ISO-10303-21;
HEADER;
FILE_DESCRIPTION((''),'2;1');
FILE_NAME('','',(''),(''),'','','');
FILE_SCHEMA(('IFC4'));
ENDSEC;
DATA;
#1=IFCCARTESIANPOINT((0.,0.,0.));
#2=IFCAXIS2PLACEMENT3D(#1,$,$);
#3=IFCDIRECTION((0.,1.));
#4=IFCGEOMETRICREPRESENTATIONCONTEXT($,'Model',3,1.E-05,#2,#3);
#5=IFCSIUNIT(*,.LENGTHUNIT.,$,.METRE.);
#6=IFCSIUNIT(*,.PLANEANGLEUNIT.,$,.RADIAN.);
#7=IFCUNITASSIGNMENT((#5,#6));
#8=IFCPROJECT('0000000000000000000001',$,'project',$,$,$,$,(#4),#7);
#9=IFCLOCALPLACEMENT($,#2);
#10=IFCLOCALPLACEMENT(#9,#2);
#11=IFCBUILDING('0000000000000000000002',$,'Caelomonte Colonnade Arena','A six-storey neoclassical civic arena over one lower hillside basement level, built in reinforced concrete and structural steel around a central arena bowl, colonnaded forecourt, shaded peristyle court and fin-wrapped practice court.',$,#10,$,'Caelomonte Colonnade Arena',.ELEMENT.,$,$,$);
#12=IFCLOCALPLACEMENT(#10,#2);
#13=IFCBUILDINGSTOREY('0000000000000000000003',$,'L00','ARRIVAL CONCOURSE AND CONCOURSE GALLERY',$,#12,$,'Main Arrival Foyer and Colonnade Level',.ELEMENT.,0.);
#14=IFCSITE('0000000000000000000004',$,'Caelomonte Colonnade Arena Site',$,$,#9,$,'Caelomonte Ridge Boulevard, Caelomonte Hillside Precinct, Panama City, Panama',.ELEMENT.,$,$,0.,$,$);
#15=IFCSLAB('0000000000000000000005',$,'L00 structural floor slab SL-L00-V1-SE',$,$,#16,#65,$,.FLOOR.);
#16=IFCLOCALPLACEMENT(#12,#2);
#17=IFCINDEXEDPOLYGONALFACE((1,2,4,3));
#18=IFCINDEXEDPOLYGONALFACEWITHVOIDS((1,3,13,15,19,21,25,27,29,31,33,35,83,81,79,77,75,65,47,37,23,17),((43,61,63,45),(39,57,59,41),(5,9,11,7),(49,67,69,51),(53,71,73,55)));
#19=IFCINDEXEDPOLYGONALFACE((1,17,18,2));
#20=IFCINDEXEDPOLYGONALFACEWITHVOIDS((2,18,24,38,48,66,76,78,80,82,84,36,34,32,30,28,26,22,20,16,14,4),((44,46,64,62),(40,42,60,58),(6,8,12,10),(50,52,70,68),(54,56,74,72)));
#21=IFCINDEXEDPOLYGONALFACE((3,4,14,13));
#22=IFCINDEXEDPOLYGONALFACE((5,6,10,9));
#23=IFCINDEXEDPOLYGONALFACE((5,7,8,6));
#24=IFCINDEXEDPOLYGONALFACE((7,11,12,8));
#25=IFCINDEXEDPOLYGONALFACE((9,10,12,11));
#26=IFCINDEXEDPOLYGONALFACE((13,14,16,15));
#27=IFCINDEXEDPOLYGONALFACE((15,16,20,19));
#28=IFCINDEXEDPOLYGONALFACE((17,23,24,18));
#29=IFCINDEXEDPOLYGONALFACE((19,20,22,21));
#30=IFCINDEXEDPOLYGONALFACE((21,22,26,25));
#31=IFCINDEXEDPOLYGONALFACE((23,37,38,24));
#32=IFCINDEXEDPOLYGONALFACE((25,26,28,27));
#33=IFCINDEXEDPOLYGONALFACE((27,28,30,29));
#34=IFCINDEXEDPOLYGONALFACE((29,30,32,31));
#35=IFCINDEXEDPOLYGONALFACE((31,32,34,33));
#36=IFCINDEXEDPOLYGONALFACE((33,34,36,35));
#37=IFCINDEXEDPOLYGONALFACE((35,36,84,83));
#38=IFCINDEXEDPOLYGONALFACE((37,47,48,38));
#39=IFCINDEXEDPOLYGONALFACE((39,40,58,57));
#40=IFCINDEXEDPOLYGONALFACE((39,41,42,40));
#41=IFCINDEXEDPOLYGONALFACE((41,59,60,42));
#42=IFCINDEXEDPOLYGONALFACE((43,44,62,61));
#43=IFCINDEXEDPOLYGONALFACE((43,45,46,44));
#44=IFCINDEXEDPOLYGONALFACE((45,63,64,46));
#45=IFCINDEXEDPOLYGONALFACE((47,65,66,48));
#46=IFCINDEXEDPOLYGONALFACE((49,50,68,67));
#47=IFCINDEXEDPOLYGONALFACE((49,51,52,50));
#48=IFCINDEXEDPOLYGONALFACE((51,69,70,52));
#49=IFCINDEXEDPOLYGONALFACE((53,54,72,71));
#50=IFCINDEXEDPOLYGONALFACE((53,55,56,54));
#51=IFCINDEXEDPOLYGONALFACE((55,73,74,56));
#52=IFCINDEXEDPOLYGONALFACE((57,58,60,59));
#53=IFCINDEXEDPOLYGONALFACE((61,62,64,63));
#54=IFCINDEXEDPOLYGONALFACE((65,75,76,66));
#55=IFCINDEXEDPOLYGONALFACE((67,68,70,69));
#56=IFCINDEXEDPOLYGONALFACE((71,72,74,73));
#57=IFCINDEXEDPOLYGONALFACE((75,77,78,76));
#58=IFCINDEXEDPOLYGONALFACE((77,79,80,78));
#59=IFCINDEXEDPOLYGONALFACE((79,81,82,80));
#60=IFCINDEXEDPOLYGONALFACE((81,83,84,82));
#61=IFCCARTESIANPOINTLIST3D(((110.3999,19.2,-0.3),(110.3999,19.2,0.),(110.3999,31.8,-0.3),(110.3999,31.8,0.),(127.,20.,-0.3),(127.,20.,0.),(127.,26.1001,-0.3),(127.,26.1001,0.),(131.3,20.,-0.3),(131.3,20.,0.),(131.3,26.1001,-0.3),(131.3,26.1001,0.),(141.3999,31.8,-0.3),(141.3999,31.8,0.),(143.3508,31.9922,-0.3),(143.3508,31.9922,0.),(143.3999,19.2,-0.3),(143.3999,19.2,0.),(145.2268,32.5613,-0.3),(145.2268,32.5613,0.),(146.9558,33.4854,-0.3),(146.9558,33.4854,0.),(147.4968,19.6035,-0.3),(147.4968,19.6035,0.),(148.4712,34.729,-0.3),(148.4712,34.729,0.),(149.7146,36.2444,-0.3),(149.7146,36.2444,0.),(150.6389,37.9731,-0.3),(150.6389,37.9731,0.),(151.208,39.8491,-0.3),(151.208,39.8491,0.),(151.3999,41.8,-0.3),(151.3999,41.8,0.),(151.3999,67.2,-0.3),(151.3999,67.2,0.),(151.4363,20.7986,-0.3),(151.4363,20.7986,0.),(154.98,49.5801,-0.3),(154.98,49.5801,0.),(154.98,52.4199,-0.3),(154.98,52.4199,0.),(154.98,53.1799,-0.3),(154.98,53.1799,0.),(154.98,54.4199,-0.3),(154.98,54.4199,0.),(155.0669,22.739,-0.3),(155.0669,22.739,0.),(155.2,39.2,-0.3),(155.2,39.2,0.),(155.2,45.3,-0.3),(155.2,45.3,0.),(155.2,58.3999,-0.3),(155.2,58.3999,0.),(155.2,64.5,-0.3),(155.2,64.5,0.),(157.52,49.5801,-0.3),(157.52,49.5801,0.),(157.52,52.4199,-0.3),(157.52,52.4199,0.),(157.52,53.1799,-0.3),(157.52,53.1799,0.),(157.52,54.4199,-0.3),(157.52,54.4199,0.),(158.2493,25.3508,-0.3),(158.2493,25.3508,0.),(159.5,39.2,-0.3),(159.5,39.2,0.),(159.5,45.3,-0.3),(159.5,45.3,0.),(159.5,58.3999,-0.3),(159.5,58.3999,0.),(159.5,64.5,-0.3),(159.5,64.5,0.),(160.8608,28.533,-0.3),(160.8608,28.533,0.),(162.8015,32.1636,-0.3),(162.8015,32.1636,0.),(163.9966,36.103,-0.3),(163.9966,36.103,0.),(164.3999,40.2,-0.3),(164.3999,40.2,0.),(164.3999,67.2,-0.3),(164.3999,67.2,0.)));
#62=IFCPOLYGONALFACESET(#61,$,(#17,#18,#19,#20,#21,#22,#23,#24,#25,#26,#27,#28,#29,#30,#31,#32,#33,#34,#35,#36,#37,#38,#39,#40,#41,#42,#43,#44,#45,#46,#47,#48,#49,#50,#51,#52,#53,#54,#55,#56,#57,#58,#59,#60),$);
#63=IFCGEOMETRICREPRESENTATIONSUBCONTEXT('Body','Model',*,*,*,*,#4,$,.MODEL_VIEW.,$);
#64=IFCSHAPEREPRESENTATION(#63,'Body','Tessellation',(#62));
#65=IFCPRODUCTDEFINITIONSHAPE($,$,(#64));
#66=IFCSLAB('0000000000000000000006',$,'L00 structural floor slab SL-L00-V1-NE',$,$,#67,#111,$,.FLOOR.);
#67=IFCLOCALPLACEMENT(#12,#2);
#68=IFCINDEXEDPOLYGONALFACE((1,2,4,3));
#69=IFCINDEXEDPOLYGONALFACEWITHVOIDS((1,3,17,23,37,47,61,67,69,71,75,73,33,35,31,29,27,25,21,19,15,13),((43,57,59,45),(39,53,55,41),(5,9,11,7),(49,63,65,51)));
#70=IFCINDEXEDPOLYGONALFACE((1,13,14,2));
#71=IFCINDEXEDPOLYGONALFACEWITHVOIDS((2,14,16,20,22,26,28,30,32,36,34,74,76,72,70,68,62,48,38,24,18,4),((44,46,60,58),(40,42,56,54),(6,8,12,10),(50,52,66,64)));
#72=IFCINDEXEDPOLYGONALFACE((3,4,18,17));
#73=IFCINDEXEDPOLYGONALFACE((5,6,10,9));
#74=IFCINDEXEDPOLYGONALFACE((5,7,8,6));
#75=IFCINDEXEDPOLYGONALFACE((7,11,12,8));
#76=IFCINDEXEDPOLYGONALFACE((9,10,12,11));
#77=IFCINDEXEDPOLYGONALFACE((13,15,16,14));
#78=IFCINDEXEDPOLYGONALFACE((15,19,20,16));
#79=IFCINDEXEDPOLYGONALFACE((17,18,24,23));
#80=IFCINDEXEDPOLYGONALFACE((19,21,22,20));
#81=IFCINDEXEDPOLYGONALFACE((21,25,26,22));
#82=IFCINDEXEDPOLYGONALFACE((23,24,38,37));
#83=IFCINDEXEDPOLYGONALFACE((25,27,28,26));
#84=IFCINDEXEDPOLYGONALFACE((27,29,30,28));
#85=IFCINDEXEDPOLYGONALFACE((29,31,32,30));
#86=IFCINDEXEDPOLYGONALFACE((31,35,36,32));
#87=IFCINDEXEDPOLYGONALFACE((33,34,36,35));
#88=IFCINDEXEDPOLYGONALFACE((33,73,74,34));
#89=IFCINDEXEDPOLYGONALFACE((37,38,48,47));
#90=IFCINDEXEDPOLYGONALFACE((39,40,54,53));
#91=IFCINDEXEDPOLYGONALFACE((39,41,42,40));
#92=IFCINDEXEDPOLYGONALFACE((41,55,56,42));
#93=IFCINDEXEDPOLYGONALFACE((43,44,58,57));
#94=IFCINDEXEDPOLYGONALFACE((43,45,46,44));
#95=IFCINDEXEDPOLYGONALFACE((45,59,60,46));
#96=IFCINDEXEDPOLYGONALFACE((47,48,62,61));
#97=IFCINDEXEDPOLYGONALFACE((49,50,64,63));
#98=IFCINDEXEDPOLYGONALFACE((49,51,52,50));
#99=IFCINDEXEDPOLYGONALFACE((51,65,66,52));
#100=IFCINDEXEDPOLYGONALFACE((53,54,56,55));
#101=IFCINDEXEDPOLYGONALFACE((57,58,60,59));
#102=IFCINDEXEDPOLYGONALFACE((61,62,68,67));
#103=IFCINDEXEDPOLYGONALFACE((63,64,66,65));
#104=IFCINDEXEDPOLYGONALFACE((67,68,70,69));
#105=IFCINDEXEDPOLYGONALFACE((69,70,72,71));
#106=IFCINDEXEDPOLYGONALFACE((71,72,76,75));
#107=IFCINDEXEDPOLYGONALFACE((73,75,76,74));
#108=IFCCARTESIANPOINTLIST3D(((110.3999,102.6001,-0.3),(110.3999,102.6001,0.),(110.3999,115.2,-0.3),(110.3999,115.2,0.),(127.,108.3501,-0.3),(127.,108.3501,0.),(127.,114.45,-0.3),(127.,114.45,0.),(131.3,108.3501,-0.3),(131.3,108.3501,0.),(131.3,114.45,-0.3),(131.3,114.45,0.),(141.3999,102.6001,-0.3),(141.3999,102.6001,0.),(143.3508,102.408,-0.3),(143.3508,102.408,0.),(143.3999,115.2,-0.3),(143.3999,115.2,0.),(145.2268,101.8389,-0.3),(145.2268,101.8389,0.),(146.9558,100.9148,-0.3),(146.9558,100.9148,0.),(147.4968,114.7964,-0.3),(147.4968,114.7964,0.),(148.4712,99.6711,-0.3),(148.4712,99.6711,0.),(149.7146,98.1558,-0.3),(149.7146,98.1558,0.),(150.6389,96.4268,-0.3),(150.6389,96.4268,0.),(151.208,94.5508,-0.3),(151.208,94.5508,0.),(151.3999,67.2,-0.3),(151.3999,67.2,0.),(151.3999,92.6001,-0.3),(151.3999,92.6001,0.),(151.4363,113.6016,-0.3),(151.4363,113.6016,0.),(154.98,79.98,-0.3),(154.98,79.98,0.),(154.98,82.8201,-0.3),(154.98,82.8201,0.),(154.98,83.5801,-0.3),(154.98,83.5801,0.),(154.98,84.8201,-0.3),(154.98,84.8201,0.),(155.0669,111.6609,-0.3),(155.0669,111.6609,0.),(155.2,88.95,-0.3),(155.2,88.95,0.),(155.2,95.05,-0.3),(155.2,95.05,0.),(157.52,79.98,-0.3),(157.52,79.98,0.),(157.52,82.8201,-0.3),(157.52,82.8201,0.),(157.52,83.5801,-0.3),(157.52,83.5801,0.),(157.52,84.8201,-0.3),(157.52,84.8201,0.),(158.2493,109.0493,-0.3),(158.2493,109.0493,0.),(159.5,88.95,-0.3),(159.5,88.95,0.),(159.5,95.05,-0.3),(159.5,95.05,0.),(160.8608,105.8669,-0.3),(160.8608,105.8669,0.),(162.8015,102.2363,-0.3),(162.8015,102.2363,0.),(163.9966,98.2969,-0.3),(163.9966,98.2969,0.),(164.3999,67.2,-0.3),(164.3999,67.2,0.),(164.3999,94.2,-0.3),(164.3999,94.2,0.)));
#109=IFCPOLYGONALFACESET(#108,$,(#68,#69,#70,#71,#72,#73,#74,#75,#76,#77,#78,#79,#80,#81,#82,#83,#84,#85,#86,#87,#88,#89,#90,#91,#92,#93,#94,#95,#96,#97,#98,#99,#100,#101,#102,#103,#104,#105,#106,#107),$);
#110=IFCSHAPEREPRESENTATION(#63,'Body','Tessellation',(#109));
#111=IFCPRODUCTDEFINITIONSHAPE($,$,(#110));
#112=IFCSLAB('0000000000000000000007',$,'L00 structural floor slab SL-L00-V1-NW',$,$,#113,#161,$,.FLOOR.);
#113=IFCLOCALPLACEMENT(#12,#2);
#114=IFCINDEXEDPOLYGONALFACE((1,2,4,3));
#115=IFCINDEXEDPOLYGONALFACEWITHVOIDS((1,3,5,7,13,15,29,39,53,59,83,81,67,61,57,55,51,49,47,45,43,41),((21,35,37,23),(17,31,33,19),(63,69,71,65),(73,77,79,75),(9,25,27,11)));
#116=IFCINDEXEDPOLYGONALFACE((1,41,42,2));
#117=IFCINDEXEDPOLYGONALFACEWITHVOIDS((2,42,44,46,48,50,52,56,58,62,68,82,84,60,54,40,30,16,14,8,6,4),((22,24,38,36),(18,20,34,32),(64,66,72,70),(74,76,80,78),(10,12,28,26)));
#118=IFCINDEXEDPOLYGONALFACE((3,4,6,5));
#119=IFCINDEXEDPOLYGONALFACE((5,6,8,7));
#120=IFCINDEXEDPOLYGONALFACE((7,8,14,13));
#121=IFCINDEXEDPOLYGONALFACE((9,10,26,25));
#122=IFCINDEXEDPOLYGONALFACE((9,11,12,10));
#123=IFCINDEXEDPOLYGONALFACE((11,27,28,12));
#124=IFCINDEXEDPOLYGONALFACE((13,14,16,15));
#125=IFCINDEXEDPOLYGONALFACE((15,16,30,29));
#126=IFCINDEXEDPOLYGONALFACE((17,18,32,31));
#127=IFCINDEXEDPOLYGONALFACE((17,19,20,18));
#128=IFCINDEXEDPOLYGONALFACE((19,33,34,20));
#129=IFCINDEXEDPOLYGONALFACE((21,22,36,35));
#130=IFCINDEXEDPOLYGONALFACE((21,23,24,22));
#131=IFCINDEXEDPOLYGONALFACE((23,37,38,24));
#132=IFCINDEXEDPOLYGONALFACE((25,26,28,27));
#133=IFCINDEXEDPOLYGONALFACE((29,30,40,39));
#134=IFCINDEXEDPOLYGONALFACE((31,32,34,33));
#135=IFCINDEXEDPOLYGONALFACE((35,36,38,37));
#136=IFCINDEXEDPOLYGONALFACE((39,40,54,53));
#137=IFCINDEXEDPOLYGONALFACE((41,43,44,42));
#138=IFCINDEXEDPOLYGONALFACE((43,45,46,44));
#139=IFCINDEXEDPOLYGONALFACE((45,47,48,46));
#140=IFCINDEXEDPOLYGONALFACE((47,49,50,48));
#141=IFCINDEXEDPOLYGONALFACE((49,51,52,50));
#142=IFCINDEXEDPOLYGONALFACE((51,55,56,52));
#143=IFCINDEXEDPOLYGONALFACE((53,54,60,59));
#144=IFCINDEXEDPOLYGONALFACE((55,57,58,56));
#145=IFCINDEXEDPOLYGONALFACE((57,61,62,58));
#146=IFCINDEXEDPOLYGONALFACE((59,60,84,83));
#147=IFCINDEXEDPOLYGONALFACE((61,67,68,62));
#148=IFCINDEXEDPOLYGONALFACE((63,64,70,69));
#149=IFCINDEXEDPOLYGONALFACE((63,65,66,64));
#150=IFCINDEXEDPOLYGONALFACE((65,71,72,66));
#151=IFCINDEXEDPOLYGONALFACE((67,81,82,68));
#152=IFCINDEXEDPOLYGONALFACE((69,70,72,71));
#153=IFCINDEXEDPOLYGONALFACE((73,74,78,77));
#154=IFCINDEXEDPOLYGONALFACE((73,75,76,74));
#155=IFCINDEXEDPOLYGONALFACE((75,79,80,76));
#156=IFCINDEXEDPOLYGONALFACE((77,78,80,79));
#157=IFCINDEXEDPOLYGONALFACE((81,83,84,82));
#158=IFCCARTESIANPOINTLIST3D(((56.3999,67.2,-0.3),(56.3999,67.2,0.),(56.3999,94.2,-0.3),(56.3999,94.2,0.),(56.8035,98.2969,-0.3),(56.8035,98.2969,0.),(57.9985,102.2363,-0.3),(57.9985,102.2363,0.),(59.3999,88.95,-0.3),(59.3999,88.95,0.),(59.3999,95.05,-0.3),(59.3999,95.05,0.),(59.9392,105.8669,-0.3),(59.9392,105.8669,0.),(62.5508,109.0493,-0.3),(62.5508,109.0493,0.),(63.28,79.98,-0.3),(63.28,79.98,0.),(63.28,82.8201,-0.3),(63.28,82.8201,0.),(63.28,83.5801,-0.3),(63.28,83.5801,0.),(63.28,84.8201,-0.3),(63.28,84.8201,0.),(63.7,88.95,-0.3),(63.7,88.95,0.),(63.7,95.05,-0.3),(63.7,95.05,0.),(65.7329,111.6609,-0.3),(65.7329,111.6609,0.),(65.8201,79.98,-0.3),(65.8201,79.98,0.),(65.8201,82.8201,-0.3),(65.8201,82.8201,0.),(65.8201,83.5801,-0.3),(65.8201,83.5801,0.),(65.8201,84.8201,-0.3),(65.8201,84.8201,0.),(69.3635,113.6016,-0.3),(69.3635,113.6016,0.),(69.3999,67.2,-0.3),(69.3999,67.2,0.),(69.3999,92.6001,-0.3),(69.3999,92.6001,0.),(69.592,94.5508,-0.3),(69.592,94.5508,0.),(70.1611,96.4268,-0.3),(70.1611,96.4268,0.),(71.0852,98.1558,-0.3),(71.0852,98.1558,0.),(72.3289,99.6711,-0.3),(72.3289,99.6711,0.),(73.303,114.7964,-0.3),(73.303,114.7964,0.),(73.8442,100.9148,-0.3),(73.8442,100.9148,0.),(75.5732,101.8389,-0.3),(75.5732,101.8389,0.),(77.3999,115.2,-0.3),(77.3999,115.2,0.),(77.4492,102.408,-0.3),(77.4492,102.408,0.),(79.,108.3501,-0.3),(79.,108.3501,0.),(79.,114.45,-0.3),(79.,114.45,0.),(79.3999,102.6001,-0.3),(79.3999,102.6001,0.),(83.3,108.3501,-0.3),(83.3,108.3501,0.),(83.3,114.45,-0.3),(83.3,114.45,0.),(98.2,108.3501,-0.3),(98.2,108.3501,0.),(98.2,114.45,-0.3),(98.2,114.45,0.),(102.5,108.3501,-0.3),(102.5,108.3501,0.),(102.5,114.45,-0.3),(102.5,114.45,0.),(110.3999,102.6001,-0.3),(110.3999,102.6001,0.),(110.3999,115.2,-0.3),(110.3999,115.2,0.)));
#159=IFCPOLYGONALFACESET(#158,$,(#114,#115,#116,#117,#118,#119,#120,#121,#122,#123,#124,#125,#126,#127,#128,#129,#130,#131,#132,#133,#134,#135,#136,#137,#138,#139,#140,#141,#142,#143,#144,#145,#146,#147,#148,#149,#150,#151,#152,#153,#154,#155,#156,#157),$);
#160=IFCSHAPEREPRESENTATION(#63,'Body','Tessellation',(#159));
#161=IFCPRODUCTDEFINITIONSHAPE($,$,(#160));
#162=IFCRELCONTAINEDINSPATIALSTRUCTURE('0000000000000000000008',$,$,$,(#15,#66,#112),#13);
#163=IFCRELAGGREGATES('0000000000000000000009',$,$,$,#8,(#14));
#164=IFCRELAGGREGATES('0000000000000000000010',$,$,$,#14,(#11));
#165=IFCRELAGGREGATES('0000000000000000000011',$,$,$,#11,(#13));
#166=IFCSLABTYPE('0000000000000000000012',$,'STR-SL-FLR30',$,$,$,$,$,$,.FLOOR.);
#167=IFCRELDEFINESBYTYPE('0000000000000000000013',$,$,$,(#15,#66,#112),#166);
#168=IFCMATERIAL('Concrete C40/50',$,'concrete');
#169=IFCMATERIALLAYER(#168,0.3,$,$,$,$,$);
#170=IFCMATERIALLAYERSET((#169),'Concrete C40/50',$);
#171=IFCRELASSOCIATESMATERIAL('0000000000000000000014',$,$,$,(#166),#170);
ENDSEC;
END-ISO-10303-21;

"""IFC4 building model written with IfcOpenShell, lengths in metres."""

from ifc_helpers import new_model, si_unit, direction, frame, origin, place, context, subcontext, project, spatial, polyline, outline, extrude, material, layer, layer_set, type_object, element, save


model = new_model("IFC4")

# Units and contexts
model_context = context("Model", 3, precision=1e-05, world=origin(), true_north=direction((0.0, 1.0)))
body_context = subcontext(model_context, "Body", "Model", "MODEL_VIEW")
ifc_project = project(units=[si_unit("LENGTHUNIT", "METRE"), si_unit("PLANEANGLEUNIT", "RADIAN")], contexts=[model_context])

# Site, building, storey
site_placement = place(None, origin())
site = spatial("IfcSite", under=ifc_project, at=site_placement, Name="Caelomonte Colonnade Arena Site", LongName="Caelomonte Ridge Boulevard, Caelomonte Hillside Precinct, Panama City, Panama", CompositionType="ELEMENT", RefElevation=0.0)
building_placement = place(site_placement, origin())
building = spatial("IfcBuilding", under=site, at=building_placement, Name="Caelomonte Colonnade Arena", Description="A six-storey neoclassical civic arena over one lower hillside basement level, built in reinforced concrete and structural steel around a central arena bowl, colonnaded forecourt, shaded peristyle court and fin-wrapped practice court.", LongName="Caelomonte Colonnade Arena", CompositionType="ELEMENT")
storey_placement = place(building_placement, origin())
storey = spatial("IfcBuildingStorey", under=building, at=storey_placement, Name="L00", Description="ARRIVAL CONCOURSE AND CONCOURSE GALLERY", LongName="Main Arrival Foyer and Colonnade Level", CompositionType="ELEMENT", Elevation=0.0)

# Shared definitions
ifc_material_1 = material(Name="Concrete C40/50", Category="concrete")

# Slabs
ifc_layer_1 = layer(ifc_material_1, 0.3)
ifc_layer_set_1 = layer_set([ifc_layer_1], Name="Concrete C40/50")
slab_type_1 = type_object("IfcSlabType", Name="STR-SL-FLR30", PredefinedType="FLOOR", material=ifc_layer_set_1)
slab_1_placement = place(storey_placement, frame((0.0, 0.0, -0.3)))
element("IfcSlab", 1, at=slab_1_placement, inside=storey, type_object=slab_type_1, Name="L00 structural floor slab SL-L00-V1-SE", PredefinedType="FLOOR", context=body_context, shape_type="SweptSolid", body=[
    extrude(outline(polyline([(164.3999, 40.2), (164.3999, 67.2), (151.3999, 67.2), (151.3999, 41.8), (151.208, 39.8491), (150.6389, 37.9731), (149.7146, 36.2444), (148.4712, 34.729), (146.9558, 33.4854), (145.2268, 32.5613), (143.3508, 31.9922), (141.3999, 31.8), (110.3999, 31.8), (110.3999, 19.2), (143.3999, 19.2), (147.4968, 19.6035), (151.4363, 20.7986), (155.0669, 22.739), (158.2493, 25.3508), (160.8608, 28.533), (162.8015, 32.1636), (163.9966, 36.103), (164.3999, 40.2)]), holes=[polyline([(131.3, 26.1001), (131.3, 20.0), (127.0, 20.0), (127.0, 26.1001), (131.3, 26.1001)]), polyline([(159.5, 39.2), (155.2, 39.2), (155.2, 45.3), (159.5, 45.3), (159.5, 39.2)]), polyline([(154.98, 52.4199), (157.52, 52.4199), (157.52, 49.5801), (154.98, 49.5801), (154.98, 52.4199)]), polyline([(154.98, 53.1799), (154.98, 54.4199), (157.52, 54.4199), (157.52, 53.1799), (154.98, 53.1799)]), polyline([(159.5, 64.5), (159.5, 58.3999), (155.2, 58.3999), (155.2, 64.5), (159.5, 64.5)])]), origin(), (0.0, 0.0, 1.0), 0.3),
])
slab_2_placement = place(storey_placement, frame((0.0, 0.0, -0.3)))
element("IfcSlab", 2, at=slab_2_placement, inside=storey, type_object=slab_type_1, Name="L00 structural floor slab SL-L00-V1-NE", PredefinedType="FLOOR", context=body_context, shape_type="SweptSolid", body=[
    extrude(outline(polyline([(143.3999, 115.2), (110.3999, 115.2), (110.3999, 102.6001), (141.3999, 102.6001), (143.3508, 102.408), (145.2268, 101.8389), (146.9558, 100.9148), (148.4712, 99.6711), (149.7146, 98.1558), (150.6389, 96.4268), (151.208, 94.5508), (151.3999, 92.6001), (151.3999, 67.2), (164.3999, 67.2), (164.3999, 94.2), (163.9966, 98.2969), (162.8015, 102.2363), (160.8608, 105.8669), (158.2493, 109.0493), (155.0669, 111.6609), (151.4363, 113.6016), (147.4968, 114.7964), (143.3999, 115.2)]), holes=[polyline([(154.98, 79.98), (154.98, 82.8201), (157.52, 82.8201), (157.52, 79.98), (154.98, 79.98)]), polyline([(154.98, 84.8201), (157.52, 84.8201), (157.52, 83.5801), (154.98, 83.5801), (154.98, 84.8201)]), polyline([(155.2, 95.05), (159.5, 95.05), (159.5, 88.95), (155.2, 88.95), (155.2, 95.05)]), polyline([(127.0, 108.3501), (127.0, 114.45), (131.3, 114.45), (131.3, 108.3501), (127.0, 108.3501)])]), origin(), (0.0, 0.0, 1.0), 0.3),
])
slab_3_placement = place(storey_placement, frame((0.0, 0.0, -0.3)))
element("IfcSlab", 3, at=slab_3_placement, inside=storey, type_object=slab_type_1, Name="L00 structural floor slab SL-L00-V1-NW", PredefinedType="FLOOR", context=body_context, shape_type="SweptSolid", body=[
    extrude(outline(polyline([(56.3999, 94.2), (56.3999, 67.2), (69.3999, 67.2), (69.3999, 92.6001), (69.592, 94.5508), (70.1611, 96.4268), (71.0852, 98.1558), (72.3289, 99.6711), (73.8442, 100.9148), (75.5732, 101.8389), (77.4492, 102.408), (79.3999, 102.6001), (110.3999, 102.6001), (110.3999, 115.2), (77.3999, 115.2), (73.303, 114.7964), (69.3635, 113.6016), (65.7329, 111.6609), (62.5508, 109.0493), (59.9392, 105.8669), (57.9985, 102.2363), (56.8035, 98.2969), (56.3999, 94.2)]), holes=[polyline([(63.28, 79.98), (63.28, 82.8201), (65.8201, 82.8201), (65.8201, 79.98), (63.28, 79.98)]), polyline([(63.28, 83.5801), (63.28, 84.8201), (65.8201, 84.8201), (65.8201, 83.5801), (63.28, 83.5801)]), polyline([(59.3999, 88.95), (59.3999, 95.05), (63.7, 95.05), (63.7, 88.95), (59.3999, 88.95)]), polyline([(79.0, 108.3501), (79.0, 114.45), (83.3, 114.45), (83.3, 108.3501), (79.0, 108.3501)]), polyline([(98.2, 108.3501), (98.2, 114.45), (102.5, 114.45), (102.5, 108.3501), (98.2, 108.3501)])]), origin(), (0.0, 0.0, 1.0), 0.3),
])

save(model, "model.ifc")
